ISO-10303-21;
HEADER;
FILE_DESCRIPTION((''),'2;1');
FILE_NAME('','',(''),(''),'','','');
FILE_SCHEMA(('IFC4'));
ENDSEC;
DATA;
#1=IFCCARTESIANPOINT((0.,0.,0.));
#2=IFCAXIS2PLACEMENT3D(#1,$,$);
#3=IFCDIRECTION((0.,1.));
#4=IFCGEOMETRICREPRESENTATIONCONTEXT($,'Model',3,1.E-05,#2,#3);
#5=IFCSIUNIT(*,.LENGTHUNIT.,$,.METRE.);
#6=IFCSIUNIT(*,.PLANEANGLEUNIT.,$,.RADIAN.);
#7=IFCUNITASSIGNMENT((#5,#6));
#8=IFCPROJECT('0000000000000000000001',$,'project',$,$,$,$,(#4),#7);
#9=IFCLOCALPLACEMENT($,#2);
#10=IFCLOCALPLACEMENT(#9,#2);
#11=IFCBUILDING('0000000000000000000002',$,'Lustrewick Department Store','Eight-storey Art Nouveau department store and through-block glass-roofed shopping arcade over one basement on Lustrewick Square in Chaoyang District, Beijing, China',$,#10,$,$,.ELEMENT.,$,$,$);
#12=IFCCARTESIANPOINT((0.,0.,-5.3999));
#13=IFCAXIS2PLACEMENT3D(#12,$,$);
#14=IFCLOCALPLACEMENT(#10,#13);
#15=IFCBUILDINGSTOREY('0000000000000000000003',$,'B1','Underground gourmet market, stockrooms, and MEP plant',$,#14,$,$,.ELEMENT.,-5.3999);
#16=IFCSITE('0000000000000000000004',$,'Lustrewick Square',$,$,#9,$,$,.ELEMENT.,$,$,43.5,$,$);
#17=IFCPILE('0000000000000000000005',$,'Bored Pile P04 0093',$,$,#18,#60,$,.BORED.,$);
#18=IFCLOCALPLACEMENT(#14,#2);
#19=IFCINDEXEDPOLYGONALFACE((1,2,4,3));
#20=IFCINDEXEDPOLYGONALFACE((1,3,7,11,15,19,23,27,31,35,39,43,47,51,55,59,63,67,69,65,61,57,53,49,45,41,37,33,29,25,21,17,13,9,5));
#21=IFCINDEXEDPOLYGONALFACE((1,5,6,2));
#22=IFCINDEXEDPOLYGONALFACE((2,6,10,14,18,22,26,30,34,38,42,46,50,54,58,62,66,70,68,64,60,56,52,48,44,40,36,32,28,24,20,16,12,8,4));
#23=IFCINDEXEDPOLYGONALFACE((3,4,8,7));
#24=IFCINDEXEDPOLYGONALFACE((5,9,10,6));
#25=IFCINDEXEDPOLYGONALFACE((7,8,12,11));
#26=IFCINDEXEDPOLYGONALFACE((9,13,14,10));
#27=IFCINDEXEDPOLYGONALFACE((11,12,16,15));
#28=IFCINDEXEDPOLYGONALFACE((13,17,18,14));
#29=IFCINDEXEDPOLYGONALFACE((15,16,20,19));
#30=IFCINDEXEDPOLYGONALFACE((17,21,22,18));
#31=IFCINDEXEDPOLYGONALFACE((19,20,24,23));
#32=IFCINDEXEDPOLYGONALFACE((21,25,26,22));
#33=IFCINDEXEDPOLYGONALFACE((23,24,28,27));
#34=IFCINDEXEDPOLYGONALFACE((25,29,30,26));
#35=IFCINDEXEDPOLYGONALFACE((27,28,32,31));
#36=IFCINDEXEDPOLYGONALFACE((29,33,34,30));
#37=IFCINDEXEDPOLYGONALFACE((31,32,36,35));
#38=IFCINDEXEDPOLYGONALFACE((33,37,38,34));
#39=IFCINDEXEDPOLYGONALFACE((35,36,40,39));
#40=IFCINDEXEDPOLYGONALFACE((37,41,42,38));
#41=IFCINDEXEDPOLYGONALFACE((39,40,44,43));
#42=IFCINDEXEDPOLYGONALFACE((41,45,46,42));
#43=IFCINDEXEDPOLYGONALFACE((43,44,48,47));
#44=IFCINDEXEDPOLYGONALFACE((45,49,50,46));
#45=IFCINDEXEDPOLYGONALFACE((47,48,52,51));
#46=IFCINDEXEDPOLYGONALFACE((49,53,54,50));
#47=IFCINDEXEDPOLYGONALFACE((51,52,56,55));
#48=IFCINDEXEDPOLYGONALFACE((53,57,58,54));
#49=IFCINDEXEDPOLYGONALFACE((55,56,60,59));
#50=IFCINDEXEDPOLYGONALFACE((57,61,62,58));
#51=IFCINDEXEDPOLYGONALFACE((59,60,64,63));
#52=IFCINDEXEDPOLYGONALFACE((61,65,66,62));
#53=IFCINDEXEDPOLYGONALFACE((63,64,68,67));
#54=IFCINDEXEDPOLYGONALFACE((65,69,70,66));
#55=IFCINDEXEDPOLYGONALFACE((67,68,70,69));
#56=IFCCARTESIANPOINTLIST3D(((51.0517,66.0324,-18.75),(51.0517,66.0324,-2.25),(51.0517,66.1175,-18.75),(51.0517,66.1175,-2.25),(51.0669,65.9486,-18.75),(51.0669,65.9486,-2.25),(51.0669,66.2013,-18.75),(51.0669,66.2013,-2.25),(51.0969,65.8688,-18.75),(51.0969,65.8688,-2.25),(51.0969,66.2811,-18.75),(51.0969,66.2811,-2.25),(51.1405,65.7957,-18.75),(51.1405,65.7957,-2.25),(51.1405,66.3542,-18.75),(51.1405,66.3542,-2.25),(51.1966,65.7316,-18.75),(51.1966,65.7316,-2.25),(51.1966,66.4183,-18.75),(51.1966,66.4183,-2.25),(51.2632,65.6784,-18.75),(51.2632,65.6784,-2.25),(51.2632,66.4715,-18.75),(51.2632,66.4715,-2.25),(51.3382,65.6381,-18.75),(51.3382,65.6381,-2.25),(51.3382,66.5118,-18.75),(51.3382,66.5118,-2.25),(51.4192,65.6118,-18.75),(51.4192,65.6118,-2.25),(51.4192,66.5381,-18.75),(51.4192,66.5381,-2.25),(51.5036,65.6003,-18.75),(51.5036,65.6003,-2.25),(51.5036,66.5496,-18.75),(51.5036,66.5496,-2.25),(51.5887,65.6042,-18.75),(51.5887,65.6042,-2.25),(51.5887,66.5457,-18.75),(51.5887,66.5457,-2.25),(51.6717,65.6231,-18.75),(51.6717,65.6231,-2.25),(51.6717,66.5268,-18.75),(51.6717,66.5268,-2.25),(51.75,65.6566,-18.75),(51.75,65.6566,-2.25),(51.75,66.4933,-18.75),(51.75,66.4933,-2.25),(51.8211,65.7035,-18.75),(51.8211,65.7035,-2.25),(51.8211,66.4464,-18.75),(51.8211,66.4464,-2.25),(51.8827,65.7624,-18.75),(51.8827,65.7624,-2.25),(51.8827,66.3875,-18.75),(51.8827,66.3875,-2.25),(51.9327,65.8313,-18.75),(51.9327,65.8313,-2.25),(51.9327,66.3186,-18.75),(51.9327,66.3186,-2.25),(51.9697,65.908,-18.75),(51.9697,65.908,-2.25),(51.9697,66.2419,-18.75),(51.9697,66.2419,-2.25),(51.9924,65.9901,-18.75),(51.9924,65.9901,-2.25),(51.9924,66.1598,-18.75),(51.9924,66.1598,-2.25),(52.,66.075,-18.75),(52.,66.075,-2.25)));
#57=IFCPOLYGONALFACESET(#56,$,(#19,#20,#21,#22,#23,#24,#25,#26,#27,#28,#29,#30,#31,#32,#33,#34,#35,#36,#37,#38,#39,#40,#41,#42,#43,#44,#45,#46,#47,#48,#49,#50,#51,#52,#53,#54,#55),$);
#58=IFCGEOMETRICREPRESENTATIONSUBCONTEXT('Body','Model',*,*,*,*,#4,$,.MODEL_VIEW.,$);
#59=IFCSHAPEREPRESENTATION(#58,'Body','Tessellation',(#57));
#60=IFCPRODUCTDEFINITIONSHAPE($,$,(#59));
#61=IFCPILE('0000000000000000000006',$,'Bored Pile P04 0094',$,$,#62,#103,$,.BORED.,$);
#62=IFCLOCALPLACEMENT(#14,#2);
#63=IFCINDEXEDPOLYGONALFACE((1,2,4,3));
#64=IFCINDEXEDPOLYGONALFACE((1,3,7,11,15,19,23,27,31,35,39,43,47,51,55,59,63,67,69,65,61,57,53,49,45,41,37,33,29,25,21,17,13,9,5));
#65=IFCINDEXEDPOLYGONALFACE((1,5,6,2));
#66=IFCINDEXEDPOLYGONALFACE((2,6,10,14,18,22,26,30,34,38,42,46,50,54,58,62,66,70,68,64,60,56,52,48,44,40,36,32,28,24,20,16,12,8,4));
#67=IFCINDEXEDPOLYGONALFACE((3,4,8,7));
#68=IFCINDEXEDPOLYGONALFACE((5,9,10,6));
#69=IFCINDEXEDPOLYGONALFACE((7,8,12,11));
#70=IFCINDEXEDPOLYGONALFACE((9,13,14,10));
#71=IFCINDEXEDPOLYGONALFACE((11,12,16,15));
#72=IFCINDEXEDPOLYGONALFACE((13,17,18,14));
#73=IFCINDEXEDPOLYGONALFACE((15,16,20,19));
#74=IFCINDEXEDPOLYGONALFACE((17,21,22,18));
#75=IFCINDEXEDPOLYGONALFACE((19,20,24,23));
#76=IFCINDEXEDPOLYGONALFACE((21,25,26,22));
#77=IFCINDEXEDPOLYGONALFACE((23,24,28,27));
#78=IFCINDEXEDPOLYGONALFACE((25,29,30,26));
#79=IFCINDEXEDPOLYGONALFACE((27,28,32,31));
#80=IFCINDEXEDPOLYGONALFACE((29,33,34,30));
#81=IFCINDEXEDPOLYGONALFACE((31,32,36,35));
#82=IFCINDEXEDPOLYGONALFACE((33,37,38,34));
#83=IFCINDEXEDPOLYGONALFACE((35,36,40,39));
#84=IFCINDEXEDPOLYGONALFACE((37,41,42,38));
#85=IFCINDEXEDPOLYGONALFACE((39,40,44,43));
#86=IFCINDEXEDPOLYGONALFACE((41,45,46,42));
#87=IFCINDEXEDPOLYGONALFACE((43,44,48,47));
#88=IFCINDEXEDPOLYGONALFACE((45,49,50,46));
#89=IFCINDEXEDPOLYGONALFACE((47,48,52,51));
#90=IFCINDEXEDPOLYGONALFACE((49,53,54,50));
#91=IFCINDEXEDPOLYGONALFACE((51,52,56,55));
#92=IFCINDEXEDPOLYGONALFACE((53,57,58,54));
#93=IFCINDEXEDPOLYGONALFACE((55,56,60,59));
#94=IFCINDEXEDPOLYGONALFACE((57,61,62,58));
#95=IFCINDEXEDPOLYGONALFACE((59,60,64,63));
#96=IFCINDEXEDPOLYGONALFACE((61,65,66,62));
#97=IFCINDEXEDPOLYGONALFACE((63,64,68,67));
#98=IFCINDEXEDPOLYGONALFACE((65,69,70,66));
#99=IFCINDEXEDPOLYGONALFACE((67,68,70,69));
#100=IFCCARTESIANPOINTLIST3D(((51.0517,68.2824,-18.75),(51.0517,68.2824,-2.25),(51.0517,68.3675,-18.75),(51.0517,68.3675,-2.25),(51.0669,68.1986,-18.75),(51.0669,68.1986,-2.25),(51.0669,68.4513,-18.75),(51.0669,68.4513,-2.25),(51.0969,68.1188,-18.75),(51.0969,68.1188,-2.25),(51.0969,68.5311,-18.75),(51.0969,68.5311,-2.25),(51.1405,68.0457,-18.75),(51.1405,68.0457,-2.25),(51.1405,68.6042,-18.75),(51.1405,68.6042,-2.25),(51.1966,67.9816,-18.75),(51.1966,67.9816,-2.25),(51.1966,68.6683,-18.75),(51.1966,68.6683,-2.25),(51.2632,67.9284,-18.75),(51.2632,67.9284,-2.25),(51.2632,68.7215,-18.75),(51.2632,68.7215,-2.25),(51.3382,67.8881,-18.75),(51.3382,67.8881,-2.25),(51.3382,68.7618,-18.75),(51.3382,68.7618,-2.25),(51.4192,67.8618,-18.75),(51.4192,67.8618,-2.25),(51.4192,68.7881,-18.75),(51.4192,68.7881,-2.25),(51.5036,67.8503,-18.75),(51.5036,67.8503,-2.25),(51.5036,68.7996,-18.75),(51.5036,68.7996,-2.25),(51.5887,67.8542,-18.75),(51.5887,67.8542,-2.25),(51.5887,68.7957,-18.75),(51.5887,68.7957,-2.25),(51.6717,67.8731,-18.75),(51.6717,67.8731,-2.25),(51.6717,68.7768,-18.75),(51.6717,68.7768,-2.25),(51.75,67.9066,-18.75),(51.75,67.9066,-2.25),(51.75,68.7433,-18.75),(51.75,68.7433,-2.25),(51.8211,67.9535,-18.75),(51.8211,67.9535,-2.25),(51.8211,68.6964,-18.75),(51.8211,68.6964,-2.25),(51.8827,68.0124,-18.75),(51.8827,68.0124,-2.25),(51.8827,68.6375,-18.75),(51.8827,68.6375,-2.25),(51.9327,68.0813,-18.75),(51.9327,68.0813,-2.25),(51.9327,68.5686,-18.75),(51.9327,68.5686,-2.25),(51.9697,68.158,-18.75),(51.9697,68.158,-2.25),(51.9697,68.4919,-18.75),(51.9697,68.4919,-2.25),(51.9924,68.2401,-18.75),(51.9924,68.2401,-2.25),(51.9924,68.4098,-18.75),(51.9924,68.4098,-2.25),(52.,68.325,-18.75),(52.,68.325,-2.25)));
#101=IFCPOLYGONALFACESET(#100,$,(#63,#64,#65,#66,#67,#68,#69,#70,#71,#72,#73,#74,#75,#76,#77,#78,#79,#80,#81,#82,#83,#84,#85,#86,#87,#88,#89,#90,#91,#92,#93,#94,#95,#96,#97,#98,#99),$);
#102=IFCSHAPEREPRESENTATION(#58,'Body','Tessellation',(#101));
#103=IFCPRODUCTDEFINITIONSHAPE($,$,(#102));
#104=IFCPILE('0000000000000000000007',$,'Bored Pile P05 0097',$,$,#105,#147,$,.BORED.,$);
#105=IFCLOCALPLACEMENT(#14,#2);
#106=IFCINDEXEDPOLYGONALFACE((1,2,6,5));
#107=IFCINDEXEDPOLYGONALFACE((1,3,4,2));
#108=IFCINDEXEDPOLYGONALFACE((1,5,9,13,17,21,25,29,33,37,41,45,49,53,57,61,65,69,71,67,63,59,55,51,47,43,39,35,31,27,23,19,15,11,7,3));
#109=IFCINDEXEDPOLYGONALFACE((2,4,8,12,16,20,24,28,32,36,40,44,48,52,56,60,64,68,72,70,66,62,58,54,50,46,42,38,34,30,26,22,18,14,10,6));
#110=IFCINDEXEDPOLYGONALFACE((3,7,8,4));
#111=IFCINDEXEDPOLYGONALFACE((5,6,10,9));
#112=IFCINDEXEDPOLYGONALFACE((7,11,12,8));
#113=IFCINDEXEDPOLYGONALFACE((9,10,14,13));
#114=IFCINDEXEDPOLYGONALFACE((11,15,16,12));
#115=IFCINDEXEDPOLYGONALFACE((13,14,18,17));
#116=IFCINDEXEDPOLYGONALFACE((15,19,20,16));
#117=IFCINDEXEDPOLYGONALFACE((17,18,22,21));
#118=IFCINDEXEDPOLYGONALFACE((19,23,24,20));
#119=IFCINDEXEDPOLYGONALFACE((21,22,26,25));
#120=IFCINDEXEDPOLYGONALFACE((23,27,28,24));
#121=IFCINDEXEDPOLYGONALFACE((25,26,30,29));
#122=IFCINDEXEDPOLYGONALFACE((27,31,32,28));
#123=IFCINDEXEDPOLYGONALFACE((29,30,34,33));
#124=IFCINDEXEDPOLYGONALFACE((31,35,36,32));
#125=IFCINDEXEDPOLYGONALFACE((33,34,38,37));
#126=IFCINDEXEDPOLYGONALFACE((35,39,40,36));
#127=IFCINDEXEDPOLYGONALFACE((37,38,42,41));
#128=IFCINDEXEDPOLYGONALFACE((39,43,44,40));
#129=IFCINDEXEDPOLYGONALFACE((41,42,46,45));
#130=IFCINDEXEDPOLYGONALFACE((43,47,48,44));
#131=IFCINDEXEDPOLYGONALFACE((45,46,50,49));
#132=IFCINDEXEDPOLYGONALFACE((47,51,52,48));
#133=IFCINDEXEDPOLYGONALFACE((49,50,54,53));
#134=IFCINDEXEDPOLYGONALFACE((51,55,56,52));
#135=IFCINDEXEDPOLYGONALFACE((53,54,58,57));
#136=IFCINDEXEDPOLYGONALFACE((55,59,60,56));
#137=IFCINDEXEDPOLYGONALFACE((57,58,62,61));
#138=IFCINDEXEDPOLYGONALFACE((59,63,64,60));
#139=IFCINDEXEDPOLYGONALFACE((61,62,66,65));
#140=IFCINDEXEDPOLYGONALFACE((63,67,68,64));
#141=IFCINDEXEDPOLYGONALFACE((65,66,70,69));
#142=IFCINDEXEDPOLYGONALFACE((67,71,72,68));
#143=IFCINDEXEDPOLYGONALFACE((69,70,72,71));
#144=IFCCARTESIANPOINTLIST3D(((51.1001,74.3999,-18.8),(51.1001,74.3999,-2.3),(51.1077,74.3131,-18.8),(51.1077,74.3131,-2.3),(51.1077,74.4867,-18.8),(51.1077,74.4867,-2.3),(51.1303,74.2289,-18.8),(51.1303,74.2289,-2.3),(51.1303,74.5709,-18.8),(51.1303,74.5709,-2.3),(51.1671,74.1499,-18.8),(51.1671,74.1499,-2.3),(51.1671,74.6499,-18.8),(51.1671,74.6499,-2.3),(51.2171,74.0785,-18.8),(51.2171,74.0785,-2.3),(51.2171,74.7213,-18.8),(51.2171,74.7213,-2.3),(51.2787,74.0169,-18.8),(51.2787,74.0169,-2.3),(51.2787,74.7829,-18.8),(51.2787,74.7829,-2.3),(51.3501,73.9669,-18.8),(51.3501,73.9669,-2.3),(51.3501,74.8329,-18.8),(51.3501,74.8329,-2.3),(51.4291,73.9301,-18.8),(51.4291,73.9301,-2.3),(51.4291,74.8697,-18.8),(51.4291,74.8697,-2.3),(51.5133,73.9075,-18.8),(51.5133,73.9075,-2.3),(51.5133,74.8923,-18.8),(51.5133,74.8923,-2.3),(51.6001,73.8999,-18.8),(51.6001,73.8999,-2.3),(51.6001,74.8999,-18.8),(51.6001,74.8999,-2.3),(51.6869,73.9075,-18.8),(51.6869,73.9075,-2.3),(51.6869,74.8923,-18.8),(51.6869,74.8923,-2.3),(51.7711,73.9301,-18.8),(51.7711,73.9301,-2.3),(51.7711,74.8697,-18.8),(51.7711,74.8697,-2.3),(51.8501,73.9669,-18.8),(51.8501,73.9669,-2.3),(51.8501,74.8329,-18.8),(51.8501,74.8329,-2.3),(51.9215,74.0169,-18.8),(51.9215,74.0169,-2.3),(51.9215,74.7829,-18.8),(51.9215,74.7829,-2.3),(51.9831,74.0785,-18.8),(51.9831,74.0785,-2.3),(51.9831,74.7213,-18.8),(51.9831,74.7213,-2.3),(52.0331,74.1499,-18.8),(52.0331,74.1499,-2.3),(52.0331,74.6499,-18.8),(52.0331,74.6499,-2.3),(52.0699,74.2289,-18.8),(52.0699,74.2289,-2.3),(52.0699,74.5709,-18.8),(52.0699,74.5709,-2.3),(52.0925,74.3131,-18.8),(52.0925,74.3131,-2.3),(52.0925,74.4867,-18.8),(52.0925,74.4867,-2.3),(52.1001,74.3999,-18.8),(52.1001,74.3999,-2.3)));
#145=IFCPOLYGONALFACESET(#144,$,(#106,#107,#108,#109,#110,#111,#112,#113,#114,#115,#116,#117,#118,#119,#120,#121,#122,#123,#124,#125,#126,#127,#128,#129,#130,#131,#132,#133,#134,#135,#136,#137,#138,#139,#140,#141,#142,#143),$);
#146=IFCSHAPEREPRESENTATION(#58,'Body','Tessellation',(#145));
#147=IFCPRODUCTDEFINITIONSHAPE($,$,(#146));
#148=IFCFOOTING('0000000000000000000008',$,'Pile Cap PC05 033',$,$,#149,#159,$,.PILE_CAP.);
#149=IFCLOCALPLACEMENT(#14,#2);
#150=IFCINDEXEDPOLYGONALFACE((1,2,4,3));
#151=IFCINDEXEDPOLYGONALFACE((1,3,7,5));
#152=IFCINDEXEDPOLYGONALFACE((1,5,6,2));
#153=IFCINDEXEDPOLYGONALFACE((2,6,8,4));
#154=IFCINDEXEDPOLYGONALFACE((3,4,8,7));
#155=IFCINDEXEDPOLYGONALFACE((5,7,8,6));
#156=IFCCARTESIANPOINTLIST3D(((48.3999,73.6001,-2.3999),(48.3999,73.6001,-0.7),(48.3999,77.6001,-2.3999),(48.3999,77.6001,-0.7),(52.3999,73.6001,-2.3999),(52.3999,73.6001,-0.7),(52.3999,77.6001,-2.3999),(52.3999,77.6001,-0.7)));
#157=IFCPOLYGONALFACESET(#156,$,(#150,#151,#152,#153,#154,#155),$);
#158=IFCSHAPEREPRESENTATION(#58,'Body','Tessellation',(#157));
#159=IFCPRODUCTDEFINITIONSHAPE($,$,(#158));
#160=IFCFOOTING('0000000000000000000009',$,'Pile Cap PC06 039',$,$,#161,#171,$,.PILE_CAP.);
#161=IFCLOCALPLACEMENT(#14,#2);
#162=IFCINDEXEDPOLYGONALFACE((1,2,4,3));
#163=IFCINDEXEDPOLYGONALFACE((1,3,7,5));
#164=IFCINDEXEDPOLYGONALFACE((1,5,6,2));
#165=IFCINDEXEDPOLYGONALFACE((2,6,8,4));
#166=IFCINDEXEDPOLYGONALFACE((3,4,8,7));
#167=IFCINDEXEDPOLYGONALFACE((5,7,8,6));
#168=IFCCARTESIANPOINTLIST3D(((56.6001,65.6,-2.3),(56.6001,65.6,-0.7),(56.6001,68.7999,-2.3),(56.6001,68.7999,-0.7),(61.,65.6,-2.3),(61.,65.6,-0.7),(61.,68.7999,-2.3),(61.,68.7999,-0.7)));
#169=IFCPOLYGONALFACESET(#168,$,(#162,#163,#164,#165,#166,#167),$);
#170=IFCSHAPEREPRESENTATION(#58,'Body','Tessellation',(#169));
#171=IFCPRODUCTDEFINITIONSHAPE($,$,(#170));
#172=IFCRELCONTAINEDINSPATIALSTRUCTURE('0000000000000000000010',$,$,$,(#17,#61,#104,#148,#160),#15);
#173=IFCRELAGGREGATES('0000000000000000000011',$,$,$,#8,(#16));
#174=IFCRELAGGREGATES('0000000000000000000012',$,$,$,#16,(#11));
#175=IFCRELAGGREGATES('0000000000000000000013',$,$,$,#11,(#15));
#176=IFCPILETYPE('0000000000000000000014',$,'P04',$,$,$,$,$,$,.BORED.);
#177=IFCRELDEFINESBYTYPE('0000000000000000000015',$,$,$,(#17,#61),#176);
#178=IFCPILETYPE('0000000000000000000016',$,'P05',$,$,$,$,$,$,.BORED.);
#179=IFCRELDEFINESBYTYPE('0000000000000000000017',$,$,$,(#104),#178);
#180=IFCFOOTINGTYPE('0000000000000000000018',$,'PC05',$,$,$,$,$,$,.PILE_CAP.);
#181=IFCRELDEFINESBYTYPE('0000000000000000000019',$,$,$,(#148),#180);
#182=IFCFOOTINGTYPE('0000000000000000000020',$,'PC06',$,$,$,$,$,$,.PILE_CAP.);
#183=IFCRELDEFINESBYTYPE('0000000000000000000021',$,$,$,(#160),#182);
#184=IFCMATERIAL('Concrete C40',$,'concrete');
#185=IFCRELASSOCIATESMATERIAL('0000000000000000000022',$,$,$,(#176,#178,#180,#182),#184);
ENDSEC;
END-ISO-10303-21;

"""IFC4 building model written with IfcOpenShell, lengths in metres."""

from ifc_helpers import new_model, si_unit, direction, frame, origin, origin_2d, place, context, subcontext, project, spatial, rectangle, circle, extrude, material, material_profile, profile_set, type_object, element, save


model = new_model("IFC4")

# Units and contexts
model_context = context("Model", 3, precision=1e-05, world=origin(), true_north=direction((0.0, 1.0)))
body_context = subcontext(model_context, "Body", "Model", "MODEL_VIEW")
ifc_project = project(units=[si_unit("LENGTHUNIT", "METRE"), si_unit("PLANEANGLEUNIT", "RADIAN")], contexts=[model_context])

# Site, building, storey
site_placement = place(None, origin())
site = spatial("IfcSite", under=ifc_project, at=site_placement, Name="Lustrewick Square", CompositionType="ELEMENT", RefElevation=43.5)
building_placement = place(site_placement, origin())
building = spatial("IfcBuilding", under=site, at=building_placement, Name="Lustrewick Department Store", Description="Eight-storey Art Nouveau department store and through-block glass-roofed shopping arcade over one basement on Lustrewick Square in Chaoyang District, Beijing, China", CompositionType="ELEMENT")
storey_placement = place(building_placement, frame((0.0, 0.0, -5.3999)))
storey = spatial("IfcBuildingStorey", under=building, at=storey_placement, Name="B1", Description="Underground gourmet market, stockrooms, and MEP plant", CompositionType="ELEMENT", Elevation=-5.3999)

# Piles
ifc_material_1 = material(Name="Concrete C40", Category="concrete")
ifc_material_profile_1 = material_profile(ifc_material_1, circle(Radius=0.4751, at=origin_2d()), Name="PILE D950")
ifc_profile_set_1 = profile_set([ifc_material_profile_1], Name="Concrete C40")
pile_type_1 = type_object("IfcPileType", Name="P04", PredefinedType="BORED", material=ifc_profile_set_1)
for number, where, z_axis, x_axis, name in (
    (1, (51.5249, 66.075, -2.25), (0.0, 0.0, -1.0), (1.0, 0.0, 0.0), "Bored Pile P04 0093"),
    (2, (51.5249, 68.325, -2.25), (0.0, 0.0, -1.0), (1.0, 0.0, 0.0), "Bored Pile P04 0094"),
):
    element("IfcPile", number, at=place(storey_placement, frame(where, z_axis=z_axis, x_axis=x_axis)), inside=storey, type_object=pile_type_1, Name=name, PredefinedType="BORED", context=body_context, shape_type="SweptSolid", body=[
        extrude(circle(Radius=0.4751, at=origin_2d()), origin(), (0.0, 0.0, 1.0), 16.5),
    ])
ifc_material_profile_2 = material_profile(ifc_material_1, circle(Radius=0.5, at=origin_2d()), Name="PILE D1000")
ifc_profile_set_2 = profile_set([ifc_material_profile_2], Name="Concrete C40")
pile_type_2 = type_object("IfcPileType", Name="P05", PredefinedType="BORED", material=ifc_profile_set_2)
pile_1_placement = place(storey_placement, frame((51.6001, 74.3999, -2.3), z_axis=(0.0, 0.0, -1.0), x_axis=(1.0, 0.0, 0.0)))
element("IfcPile", 3, at=pile_1_placement, inside=storey, type_object=pile_type_2, Name="Bored Pile P05 0097", PredefinedType="BORED", context=body_context, shape_type="SweptSolid", body=[
    extrude(circle(Radius=0.5, at=origin_2d()), origin(), (0.0, 0.0, 1.0), 16.5),
])

# Footings
footing_type_1 = type_object("IfcFootingType", Name="PC05", PredefinedType="PILE_CAP", material=ifc_material_1)
footing_1_placement = place(storey_placement, frame((50.3999, 75.6001, -2.3999), z_axis=(0.0, 0.0, 1.0), x_axis=(1.0, 0.0, 0.0)))
element("IfcFooting", 4, at=footing_1_placement, inside=storey, type_object=footing_type_1, Name="Pile Cap PC05 033", PredefinedType="PILE_CAP", context=body_context, shape_type="SweptSolid", body=[
    extrude(rectangle(XDim=4.0, YDim=4.0, at=origin_2d()), origin(), (0.0, 0.0, 1.0), 1.7),
])
footing_type_2 = type_object("IfcFootingType", Name="PC06", PredefinedType="PILE_CAP", material=ifc_material_1)
footing_2_placement = place(storey_placement, frame((58.8, 67.2, -2.3), z_axis=(0.0, 0.0, 1.0), x_axis=(1.0, 0.0, 0.0)))
element("IfcFooting", 5, at=footing_2_placement, inside=storey, type_object=footing_type_2, Name="Pile Cap PC06 039", PredefinedType="PILE_CAP", context=body_context, shape_type="SweptSolid", body=[
    extrude(rectangle(XDim=4.3999, YDim=3.2, at=origin_2d()), origin(), (0.0, 0.0, 1.0), 1.6001),
])

save(model, "model.ifc")
